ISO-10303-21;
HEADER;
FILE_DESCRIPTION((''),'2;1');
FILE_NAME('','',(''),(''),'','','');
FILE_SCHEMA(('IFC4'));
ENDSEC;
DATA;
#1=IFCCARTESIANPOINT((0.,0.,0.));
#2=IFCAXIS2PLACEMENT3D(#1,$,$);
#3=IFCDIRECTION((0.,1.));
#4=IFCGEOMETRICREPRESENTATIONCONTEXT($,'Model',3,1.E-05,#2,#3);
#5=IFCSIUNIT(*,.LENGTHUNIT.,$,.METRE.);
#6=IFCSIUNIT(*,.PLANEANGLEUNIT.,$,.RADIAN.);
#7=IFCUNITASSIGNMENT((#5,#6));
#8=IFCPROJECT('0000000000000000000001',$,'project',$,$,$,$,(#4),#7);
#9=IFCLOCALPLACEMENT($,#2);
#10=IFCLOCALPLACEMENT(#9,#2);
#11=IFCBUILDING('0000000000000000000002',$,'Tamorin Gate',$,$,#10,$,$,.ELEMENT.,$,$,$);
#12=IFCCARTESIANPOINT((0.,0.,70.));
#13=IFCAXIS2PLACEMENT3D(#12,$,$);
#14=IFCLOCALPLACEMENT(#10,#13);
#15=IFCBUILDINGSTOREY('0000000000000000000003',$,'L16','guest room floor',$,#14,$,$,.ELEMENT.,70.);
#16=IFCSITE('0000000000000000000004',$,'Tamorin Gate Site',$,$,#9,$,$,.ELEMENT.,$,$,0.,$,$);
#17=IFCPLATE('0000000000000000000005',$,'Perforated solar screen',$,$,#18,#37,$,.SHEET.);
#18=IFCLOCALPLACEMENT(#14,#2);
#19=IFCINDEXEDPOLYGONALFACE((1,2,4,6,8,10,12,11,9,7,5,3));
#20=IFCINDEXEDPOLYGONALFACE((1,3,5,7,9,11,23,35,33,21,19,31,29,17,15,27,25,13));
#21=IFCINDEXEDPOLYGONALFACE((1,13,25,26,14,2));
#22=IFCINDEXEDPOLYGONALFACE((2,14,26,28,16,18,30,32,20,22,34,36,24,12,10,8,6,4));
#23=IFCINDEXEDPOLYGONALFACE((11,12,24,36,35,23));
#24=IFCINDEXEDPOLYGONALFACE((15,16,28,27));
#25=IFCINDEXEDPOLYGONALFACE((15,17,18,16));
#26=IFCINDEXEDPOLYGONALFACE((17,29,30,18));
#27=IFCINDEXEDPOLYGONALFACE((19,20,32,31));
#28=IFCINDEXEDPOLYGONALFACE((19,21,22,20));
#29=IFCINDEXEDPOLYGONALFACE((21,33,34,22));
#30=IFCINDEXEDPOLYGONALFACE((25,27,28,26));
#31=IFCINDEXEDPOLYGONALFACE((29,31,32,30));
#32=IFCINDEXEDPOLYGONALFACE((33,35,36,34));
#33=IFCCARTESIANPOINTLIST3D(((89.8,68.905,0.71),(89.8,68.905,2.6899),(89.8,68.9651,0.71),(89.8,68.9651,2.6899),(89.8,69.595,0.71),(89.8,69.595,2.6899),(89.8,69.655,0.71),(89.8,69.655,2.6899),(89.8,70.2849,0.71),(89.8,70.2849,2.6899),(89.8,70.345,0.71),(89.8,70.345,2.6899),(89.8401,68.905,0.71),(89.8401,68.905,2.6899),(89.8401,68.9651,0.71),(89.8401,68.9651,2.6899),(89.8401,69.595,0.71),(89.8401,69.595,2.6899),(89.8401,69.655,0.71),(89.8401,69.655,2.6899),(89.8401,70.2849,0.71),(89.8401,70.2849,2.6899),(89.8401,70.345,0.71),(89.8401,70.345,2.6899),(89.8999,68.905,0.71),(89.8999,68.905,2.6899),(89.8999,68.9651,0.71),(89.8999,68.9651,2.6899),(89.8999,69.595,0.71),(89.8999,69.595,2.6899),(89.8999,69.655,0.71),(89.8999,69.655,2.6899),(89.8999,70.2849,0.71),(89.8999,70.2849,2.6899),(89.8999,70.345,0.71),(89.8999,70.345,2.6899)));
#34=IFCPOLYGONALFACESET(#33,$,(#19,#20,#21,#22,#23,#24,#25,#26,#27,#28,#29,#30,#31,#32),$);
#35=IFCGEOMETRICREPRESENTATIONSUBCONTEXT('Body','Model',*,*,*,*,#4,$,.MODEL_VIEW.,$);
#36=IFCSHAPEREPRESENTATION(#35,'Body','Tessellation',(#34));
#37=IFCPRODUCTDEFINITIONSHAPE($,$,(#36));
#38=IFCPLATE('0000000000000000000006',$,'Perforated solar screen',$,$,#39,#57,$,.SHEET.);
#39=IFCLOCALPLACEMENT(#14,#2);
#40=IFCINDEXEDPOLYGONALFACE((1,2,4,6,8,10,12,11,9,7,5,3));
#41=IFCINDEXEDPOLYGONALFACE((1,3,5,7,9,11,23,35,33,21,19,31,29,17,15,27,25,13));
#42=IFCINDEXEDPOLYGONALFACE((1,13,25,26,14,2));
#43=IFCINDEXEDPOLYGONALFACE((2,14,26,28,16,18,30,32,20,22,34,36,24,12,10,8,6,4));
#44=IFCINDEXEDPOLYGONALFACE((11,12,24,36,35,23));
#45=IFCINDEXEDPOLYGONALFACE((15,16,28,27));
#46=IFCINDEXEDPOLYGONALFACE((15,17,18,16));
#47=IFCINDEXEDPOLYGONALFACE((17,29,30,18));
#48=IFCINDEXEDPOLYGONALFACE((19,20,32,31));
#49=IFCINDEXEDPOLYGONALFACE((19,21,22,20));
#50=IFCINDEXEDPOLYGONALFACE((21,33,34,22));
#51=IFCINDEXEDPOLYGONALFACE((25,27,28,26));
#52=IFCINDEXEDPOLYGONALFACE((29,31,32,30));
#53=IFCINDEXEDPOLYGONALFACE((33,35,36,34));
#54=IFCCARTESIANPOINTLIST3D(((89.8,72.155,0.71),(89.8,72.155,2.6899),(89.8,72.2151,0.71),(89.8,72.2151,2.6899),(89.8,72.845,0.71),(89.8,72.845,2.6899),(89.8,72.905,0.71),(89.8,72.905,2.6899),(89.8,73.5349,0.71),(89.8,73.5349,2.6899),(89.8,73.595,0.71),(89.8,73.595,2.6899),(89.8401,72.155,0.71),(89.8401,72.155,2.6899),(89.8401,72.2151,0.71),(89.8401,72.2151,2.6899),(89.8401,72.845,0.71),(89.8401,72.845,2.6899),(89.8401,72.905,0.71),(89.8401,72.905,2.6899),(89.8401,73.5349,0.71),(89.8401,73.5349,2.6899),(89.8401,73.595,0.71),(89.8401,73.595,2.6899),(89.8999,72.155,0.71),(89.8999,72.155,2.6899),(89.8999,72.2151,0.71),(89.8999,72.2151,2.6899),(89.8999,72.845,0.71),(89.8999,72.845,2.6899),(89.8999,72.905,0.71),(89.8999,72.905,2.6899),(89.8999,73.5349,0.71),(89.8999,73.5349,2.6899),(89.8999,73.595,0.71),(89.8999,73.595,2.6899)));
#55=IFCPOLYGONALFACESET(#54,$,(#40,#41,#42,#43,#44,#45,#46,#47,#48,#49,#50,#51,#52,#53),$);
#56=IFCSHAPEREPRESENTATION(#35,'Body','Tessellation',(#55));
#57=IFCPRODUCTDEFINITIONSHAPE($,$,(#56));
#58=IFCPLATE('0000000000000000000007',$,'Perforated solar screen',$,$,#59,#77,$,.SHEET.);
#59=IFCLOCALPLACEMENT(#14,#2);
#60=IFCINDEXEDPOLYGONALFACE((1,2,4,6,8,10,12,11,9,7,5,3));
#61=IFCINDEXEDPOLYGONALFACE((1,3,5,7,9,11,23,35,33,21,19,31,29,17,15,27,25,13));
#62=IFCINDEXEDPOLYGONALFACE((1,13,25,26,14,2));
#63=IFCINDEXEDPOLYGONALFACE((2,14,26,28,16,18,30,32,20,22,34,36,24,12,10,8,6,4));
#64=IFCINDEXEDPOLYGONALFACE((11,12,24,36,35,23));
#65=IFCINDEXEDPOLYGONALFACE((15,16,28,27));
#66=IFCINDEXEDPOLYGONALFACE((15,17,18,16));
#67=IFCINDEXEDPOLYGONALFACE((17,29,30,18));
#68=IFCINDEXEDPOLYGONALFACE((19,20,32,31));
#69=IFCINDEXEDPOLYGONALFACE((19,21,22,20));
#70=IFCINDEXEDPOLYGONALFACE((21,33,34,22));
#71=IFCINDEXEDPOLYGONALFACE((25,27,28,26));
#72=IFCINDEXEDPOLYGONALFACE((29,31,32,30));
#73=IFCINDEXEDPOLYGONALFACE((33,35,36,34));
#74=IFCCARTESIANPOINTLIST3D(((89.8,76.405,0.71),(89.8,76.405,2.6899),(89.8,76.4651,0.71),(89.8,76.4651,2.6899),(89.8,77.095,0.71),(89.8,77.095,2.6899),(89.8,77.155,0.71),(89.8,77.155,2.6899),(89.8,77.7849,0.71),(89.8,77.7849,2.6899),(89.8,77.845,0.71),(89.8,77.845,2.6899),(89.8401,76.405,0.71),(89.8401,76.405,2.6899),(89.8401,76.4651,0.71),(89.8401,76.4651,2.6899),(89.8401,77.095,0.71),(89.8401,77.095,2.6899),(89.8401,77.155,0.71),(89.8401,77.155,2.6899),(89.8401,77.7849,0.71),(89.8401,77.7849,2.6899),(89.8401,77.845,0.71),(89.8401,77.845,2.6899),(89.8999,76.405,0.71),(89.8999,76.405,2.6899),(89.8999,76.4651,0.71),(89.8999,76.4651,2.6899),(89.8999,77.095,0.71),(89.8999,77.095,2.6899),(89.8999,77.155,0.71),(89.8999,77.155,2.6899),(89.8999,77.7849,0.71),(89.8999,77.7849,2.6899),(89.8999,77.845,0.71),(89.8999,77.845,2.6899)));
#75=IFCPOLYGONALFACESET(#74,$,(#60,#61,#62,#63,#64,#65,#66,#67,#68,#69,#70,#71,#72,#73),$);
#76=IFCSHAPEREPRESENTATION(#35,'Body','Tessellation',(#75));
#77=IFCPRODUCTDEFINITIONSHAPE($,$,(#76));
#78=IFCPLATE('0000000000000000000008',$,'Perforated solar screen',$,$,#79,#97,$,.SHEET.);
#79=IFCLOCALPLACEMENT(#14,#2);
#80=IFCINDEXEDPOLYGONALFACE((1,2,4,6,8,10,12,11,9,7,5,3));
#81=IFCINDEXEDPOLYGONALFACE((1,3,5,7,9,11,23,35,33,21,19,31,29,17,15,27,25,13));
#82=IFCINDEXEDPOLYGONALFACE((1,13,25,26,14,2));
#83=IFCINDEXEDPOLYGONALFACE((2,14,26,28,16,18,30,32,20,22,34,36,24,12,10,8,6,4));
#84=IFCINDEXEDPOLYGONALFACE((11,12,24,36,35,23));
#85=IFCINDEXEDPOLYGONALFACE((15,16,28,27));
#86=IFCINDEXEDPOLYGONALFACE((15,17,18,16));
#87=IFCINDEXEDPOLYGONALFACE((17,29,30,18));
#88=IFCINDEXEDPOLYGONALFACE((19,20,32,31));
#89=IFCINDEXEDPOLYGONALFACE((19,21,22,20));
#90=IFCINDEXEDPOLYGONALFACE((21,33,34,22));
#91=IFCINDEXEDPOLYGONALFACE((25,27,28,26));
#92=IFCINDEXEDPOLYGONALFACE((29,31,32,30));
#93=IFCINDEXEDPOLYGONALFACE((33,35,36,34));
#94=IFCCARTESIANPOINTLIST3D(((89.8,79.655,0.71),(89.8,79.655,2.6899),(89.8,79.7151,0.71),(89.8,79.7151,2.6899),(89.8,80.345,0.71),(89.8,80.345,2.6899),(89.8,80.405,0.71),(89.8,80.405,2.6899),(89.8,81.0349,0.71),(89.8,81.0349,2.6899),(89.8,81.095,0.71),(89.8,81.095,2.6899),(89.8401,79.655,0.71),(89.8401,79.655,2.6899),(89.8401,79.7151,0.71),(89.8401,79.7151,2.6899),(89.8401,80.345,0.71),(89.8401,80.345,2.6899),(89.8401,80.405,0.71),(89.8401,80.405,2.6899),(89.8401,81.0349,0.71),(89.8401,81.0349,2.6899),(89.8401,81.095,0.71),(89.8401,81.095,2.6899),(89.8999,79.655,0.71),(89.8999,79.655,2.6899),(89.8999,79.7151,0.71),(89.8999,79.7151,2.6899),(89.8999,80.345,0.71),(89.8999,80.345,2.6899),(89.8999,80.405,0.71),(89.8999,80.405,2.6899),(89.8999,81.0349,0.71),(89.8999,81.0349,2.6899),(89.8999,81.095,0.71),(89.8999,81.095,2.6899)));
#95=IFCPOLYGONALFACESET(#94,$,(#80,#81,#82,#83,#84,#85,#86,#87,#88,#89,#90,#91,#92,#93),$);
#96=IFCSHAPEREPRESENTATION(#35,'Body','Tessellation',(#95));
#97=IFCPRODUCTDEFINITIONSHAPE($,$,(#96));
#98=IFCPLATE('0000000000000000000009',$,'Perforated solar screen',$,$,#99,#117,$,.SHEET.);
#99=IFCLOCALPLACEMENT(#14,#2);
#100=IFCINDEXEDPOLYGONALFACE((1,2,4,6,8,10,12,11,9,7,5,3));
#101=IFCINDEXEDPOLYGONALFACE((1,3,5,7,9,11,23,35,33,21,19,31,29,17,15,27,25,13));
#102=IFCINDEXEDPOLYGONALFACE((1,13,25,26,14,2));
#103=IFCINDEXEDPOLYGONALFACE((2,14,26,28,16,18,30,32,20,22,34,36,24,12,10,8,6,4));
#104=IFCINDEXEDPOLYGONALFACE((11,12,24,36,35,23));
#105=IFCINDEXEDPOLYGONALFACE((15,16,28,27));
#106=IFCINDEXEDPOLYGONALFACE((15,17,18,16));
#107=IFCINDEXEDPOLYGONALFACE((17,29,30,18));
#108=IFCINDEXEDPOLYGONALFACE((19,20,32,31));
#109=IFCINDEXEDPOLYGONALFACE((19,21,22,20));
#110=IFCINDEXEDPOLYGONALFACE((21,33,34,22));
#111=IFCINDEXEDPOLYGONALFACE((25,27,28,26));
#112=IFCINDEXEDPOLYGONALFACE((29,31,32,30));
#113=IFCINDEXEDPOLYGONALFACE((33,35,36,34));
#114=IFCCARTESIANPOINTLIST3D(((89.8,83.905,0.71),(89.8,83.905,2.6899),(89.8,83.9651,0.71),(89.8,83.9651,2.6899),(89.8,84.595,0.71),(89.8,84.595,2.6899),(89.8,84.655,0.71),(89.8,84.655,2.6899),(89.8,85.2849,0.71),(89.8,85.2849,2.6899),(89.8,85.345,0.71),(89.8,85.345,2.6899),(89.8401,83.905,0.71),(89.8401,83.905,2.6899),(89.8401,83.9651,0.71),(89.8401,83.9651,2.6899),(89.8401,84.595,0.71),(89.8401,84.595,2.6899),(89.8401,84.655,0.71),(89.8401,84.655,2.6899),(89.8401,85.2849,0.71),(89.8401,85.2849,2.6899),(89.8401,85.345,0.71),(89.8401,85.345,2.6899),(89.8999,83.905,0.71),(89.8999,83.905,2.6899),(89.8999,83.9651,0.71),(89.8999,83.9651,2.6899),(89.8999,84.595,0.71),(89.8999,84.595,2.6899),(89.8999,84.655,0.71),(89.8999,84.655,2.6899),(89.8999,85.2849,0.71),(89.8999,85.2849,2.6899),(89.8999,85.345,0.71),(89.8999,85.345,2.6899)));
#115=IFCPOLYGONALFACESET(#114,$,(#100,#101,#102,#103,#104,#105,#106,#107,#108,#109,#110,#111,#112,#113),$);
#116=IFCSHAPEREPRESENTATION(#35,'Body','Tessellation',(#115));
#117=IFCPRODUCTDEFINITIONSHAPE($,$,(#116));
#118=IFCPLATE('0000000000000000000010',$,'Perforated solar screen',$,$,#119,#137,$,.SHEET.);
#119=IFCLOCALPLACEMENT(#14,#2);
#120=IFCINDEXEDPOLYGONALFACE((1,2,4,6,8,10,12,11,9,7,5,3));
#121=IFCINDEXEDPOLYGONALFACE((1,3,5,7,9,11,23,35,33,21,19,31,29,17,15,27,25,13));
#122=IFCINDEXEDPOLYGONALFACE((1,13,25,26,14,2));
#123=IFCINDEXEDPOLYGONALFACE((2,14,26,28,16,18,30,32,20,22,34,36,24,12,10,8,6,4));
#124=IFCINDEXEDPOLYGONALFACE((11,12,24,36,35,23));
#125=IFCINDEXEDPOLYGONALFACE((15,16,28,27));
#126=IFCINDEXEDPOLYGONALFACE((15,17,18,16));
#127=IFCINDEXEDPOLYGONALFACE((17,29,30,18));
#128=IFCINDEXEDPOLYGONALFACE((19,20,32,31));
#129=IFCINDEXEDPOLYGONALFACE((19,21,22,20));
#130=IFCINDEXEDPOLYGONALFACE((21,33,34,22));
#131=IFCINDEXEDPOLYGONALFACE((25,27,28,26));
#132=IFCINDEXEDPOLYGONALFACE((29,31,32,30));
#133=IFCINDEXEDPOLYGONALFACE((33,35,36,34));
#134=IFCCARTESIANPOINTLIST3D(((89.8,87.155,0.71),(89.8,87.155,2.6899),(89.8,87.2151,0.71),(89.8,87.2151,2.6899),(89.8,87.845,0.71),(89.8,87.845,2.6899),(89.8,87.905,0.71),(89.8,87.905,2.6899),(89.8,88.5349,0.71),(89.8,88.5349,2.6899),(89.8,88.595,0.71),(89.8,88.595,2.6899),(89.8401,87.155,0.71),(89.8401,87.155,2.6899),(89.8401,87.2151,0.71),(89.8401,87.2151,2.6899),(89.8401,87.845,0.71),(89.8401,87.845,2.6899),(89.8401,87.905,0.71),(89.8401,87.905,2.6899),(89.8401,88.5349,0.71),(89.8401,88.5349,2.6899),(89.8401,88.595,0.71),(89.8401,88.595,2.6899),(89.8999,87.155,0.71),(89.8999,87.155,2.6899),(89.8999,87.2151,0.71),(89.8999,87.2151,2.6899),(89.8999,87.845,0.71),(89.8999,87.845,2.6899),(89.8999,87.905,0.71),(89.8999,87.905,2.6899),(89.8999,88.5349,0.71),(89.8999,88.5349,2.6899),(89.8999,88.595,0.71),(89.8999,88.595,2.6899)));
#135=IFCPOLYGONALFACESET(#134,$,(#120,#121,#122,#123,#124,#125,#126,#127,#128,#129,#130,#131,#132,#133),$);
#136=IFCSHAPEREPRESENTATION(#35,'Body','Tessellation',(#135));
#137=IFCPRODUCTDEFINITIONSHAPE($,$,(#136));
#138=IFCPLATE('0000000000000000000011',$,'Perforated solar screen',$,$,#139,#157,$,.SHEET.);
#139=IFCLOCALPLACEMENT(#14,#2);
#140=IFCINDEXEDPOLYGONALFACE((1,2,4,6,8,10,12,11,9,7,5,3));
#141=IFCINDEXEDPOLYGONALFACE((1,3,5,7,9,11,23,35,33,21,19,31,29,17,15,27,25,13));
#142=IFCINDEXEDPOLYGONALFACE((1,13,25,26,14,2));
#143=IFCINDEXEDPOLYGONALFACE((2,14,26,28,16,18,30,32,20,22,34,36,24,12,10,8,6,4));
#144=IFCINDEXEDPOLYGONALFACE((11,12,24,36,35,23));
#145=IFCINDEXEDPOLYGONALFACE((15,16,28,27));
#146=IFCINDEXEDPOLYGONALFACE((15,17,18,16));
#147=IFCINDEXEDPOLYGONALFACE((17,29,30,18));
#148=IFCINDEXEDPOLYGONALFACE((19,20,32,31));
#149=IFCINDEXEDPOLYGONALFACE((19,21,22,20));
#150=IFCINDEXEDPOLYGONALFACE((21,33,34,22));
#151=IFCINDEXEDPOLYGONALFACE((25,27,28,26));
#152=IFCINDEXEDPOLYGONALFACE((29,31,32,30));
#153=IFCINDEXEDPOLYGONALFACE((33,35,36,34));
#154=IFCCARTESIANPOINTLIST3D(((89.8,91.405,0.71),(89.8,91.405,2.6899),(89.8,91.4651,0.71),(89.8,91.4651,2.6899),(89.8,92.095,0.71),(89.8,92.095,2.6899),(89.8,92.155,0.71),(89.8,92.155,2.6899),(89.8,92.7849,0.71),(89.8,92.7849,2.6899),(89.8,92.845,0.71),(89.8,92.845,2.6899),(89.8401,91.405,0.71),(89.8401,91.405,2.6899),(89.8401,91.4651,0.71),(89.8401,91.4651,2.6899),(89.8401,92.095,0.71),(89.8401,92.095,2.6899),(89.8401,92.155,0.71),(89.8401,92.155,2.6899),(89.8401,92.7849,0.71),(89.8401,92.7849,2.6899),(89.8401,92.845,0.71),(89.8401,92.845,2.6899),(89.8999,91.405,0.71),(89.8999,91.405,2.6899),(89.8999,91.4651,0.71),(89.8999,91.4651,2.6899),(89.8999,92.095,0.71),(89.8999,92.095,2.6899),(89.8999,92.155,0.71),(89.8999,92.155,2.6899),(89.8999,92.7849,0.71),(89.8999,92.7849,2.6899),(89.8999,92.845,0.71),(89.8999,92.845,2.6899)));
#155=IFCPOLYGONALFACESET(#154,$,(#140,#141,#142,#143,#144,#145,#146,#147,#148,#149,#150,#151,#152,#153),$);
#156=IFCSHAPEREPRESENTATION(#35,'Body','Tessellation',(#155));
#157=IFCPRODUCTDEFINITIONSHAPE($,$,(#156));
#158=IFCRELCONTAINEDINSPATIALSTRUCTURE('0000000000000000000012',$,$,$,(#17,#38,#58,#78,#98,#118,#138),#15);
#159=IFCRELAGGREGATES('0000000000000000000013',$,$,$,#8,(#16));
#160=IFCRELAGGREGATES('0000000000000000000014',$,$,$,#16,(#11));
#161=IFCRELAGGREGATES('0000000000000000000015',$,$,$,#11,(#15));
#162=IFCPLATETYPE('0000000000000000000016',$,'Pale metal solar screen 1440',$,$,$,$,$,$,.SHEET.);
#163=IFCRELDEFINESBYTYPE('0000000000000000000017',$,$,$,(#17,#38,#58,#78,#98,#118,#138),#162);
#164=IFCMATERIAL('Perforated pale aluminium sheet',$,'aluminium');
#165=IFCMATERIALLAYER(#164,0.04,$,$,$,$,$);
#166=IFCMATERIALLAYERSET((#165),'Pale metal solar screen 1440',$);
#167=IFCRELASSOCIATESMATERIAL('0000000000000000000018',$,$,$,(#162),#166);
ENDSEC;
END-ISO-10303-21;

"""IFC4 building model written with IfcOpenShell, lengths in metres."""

from ifc_helpers import new_model, si_unit, direction, frame, origin, place, context, subcontext, project, spatial, polyline, outline, extrude, material, layer, layer_set, type_object, element, save


model = new_model("IFC4")

# Units and contexts
model_context = context("Model", 3, precision=1e-05, world=origin(), true_north=direction((0.0, 1.0)))
body_context = subcontext(model_context, "Body", "Model", "MODEL_VIEW")
ifc_project = project(units=[si_unit("LENGTHUNIT", "METRE"), si_unit("PLANEANGLEUNIT", "RADIAN")], contexts=[model_context])

# Site, building, storey
site_placement = place(None, origin())
site = spatial("IfcSite", under=ifc_project, at=site_placement, Name="Tamorin Gate Site", CompositionType="ELEMENT", RefElevation=0.0)
building_placement = place(site_placement, origin())
building = spatial("IfcBuilding", under=site, at=building_placement, Name="Tamorin Gate", CompositionType="ELEMENT")
storey_placement = place(building_placement, frame((0.0, 0.0, 70.0)))
storey = spatial("IfcBuildingStorey", under=building, at=storey_placement, Name="L16", Description="guest room floor", CompositionType="ELEMENT", Elevation=70.0)

# Plates
ifc_material = material(Name="Perforated pale aluminium sheet", Category="aluminium")
ifc_layer = layer(ifc_material, 0.04)
ifc_layer_set = layer_set([ifc_layer], Name="Pale metal solar screen 1440")
plate_type = type_object("IfcPlateType", Name="Pale metal solar screen 1440", PredefinedType="SHEET", material=ifc_layer_set)
plate_1_placement = place(storey_placement, frame((0.0, 0.0, 0.71)))
element("IfcPlate", 1, at=plate_1_placement, inside=storey, type_object=plate_type, Name="Perforated solar screen", PredefinedType="SHEET", context=body_context, shape_type="SweptSolid", body=[
    extrude(outline(polyline([(89.8401, 68.905), (89.8, 68.905), (89.8, 68.9651), (89.8, 69.595), (89.8, 69.655), (89.8, 70.2849), (89.8, 70.345), (89.8401, 70.345), (89.8999, 70.345), (89.8999, 70.2849), (89.8401, 70.2849), (89.8401, 69.655), (89.8999, 69.655), (89.8999, 69.595), (89.8401, 69.595), (89.8401, 68.9651), (89.8999, 68.9651), (89.8999, 68.905), (89.8401, 68.905)])), origin(), (0.0, 0.0, 1.0), 1.98),
])
plate_2_placement = place(storey_placement, frame((0.0, 0.0, 0.71)))
element("IfcPlate", 2, at=plate_2_placement, inside=storey, type_object=plate_type, Name="Perforated solar screen", PredefinedType="SHEET", context=body_context, shape_type="SweptSolid", body=[
    extrude(outline(polyline([(89.8401, 72.155), (89.8, 72.155), (89.8, 72.2151), (89.8, 72.845), (89.8, 72.905), (89.8, 73.5349), (89.8, 73.595), (89.8401, 73.595), (89.8999, 73.595), (89.8999, 73.5349), (89.8401, 73.5349), (89.8401, 72.905), (89.8999, 72.905), (89.8999, 72.845), (89.8401, 72.845), (89.8401, 72.2151), (89.8999, 72.2151), (89.8999, 72.155), (89.8401, 72.155)])), origin(), (0.0, 0.0, 1.0), 1.98),
])
plate_3_placement = place(storey_placement, frame((0.0, 0.0, 0.71)))
element("IfcPlate", 3, at=plate_3_placement, inside=storey, type_object=plate_type, Name="Perforated solar screen", PredefinedType="SHEET", context=body_context, shape_type="SweptSolid", body=[
    extrude(outline(polyline([(89.8401, 76.405), (89.8, 76.405), (89.8, 76.4651), (89.8, 77.095), (89.8, 77.155), (89.8, 77.7849), (89.8, 77.845), (89.8401, 77.845), (89.8999, 77.845), (89.8999, 77.7849), (89.8401, 77.7849), (89.8401, 77.155), (89.8999, 77.155), (89.8999, 77.095), (89.8401, 77.095), (89.8401, 76.4651), (89.8999, 76.4651), (89.8999, 76.405), (89.8401, 76.405)])), origin(), (0.0, 0.0, 1.0), 1.98),
])
plate_4_placement = place(storey_placement, frame((0.0, 0.0, 0.71)))
element("IfcPlate", 4, at=plate_4_placement, inside=storey, type_object=plate_type, Name="Perforated solar screen", PredefinedType="SHEET", context=body_context, shape_type="SweptSolid", body=[
    extrude(outline(polyline([(89.8401, 79.655), (89.8, 79.655), (89.8, 79.7151), (89.8, 80.345), (89.8, 80.405), (89.8, 81.0349), (89.8, 81.095), (89.8401, 81.095), (89.8999, 81.095), (89.8999, 81.0349), (89.8401, 81.0349), (89.8401, 80.405), (89.8999, 80.405), (89.8999, 80.345), (89.8401, 80.345), (89.8401, 79.7151), (89.8999, 79.7151), (89.8999, 79.655), (89.8401, 79.655)])), origin(), (0.0, 0.0, 1.0), 1.98),
])
plate_5_placement = place(storey_placement, frame((0.0, 0.0, 0.71)))
element("IfcPlate", 5, at=plate_5_placement, inside=storey, type_object=plate_type, Name="Perforated solar screen", PredefinedType="SHEET", context=body_context, shape_type="SweptSolid", body=[
    extrude(outline(polyline([(89.8401, 83.905), (89.8, 83.905), (89.8, 83.9651), (89.8, 84.595), (89.8, 84.655), (89.8, 85.2849), (89.8, 85.345), (89.8401, 85.345), (89.8999, 85.345), (89.8999, 85.2849), (89.8401, 85.2849), (89.8401, 84.655), (89.8999, 84.655), (89.8999, 84.595), (89.8401, 84.595), (89.8401, 83.9651), (89.8999, 83.9651), (89.8999, 83.905), (89.8401, 83.905)])), origin(), (0.0, 0.0, 1.0), 1.98),
])
plate_6_placement = place(storey_placement, frame((0.0, 0.0, 0.71)))
element("IfcPlate", 6, at=plate_6_placement, inside=storey, type_object=plate_type, Name="Perforated solar screen", PredefinedType="SHEET", context=body_context, shape_type="SweptSolid", body=[
    extrude(outline(polyline([(89.8401, 87.155), (89.8, 87.155), (89.8, 87.2151), (89.8, 87.845), (89.8, 87.905), (89.8, 88.5349), (89.8, 88.595), (89.8401, 88.595), (89.8999, 88.595), (89.8999, 88.5349), (89.8401, 88.5349), (89.8401, 87.905), (89.8999, 87.905), (89.8999, 87.845), (89.8401, 87.845), (89.8401, 87.2151), (89.8999, 87.2151), (89.8999, 87.155), (89.8401, 87.155)])), origin(), (0.0, 0.0, 1.0), 1.98),
])
plate_7_placement = place(storey_placement, frame((0.0, 0.0, 0.71)))
element("IfcPlate", 7, at=plate_7_placement, inside=storey, type_object=plate_type, Name="Perforated solar screen", PredefinedType="SHEET", context=body_context, shape_type="SweptSolid", body=[
    extrude(outline(polyline([(89.8401, 91.405), (89.8, 91.405), (89.8, 91.4651), (89.8, 92.095), (89.8, 92.155), (89.8, 92.7849), (89.8, 92.845), (89.8401, 92.845), (89.8999, 92.845), (89.8999, 92.7849), (89.8401, 92.7849), (89.8401, 92.155), (89.8999, 92.155), (89.8999, 92.095), (89.8401, 92.095), (89.8401, 91.4651), (89.8999, 91.4651), (89.8999, 91.405), (89.8401, 91.405)])), origin(), (0.0, 0.0, 1.0), 1.98),
])

save(model, "model.ifc")
